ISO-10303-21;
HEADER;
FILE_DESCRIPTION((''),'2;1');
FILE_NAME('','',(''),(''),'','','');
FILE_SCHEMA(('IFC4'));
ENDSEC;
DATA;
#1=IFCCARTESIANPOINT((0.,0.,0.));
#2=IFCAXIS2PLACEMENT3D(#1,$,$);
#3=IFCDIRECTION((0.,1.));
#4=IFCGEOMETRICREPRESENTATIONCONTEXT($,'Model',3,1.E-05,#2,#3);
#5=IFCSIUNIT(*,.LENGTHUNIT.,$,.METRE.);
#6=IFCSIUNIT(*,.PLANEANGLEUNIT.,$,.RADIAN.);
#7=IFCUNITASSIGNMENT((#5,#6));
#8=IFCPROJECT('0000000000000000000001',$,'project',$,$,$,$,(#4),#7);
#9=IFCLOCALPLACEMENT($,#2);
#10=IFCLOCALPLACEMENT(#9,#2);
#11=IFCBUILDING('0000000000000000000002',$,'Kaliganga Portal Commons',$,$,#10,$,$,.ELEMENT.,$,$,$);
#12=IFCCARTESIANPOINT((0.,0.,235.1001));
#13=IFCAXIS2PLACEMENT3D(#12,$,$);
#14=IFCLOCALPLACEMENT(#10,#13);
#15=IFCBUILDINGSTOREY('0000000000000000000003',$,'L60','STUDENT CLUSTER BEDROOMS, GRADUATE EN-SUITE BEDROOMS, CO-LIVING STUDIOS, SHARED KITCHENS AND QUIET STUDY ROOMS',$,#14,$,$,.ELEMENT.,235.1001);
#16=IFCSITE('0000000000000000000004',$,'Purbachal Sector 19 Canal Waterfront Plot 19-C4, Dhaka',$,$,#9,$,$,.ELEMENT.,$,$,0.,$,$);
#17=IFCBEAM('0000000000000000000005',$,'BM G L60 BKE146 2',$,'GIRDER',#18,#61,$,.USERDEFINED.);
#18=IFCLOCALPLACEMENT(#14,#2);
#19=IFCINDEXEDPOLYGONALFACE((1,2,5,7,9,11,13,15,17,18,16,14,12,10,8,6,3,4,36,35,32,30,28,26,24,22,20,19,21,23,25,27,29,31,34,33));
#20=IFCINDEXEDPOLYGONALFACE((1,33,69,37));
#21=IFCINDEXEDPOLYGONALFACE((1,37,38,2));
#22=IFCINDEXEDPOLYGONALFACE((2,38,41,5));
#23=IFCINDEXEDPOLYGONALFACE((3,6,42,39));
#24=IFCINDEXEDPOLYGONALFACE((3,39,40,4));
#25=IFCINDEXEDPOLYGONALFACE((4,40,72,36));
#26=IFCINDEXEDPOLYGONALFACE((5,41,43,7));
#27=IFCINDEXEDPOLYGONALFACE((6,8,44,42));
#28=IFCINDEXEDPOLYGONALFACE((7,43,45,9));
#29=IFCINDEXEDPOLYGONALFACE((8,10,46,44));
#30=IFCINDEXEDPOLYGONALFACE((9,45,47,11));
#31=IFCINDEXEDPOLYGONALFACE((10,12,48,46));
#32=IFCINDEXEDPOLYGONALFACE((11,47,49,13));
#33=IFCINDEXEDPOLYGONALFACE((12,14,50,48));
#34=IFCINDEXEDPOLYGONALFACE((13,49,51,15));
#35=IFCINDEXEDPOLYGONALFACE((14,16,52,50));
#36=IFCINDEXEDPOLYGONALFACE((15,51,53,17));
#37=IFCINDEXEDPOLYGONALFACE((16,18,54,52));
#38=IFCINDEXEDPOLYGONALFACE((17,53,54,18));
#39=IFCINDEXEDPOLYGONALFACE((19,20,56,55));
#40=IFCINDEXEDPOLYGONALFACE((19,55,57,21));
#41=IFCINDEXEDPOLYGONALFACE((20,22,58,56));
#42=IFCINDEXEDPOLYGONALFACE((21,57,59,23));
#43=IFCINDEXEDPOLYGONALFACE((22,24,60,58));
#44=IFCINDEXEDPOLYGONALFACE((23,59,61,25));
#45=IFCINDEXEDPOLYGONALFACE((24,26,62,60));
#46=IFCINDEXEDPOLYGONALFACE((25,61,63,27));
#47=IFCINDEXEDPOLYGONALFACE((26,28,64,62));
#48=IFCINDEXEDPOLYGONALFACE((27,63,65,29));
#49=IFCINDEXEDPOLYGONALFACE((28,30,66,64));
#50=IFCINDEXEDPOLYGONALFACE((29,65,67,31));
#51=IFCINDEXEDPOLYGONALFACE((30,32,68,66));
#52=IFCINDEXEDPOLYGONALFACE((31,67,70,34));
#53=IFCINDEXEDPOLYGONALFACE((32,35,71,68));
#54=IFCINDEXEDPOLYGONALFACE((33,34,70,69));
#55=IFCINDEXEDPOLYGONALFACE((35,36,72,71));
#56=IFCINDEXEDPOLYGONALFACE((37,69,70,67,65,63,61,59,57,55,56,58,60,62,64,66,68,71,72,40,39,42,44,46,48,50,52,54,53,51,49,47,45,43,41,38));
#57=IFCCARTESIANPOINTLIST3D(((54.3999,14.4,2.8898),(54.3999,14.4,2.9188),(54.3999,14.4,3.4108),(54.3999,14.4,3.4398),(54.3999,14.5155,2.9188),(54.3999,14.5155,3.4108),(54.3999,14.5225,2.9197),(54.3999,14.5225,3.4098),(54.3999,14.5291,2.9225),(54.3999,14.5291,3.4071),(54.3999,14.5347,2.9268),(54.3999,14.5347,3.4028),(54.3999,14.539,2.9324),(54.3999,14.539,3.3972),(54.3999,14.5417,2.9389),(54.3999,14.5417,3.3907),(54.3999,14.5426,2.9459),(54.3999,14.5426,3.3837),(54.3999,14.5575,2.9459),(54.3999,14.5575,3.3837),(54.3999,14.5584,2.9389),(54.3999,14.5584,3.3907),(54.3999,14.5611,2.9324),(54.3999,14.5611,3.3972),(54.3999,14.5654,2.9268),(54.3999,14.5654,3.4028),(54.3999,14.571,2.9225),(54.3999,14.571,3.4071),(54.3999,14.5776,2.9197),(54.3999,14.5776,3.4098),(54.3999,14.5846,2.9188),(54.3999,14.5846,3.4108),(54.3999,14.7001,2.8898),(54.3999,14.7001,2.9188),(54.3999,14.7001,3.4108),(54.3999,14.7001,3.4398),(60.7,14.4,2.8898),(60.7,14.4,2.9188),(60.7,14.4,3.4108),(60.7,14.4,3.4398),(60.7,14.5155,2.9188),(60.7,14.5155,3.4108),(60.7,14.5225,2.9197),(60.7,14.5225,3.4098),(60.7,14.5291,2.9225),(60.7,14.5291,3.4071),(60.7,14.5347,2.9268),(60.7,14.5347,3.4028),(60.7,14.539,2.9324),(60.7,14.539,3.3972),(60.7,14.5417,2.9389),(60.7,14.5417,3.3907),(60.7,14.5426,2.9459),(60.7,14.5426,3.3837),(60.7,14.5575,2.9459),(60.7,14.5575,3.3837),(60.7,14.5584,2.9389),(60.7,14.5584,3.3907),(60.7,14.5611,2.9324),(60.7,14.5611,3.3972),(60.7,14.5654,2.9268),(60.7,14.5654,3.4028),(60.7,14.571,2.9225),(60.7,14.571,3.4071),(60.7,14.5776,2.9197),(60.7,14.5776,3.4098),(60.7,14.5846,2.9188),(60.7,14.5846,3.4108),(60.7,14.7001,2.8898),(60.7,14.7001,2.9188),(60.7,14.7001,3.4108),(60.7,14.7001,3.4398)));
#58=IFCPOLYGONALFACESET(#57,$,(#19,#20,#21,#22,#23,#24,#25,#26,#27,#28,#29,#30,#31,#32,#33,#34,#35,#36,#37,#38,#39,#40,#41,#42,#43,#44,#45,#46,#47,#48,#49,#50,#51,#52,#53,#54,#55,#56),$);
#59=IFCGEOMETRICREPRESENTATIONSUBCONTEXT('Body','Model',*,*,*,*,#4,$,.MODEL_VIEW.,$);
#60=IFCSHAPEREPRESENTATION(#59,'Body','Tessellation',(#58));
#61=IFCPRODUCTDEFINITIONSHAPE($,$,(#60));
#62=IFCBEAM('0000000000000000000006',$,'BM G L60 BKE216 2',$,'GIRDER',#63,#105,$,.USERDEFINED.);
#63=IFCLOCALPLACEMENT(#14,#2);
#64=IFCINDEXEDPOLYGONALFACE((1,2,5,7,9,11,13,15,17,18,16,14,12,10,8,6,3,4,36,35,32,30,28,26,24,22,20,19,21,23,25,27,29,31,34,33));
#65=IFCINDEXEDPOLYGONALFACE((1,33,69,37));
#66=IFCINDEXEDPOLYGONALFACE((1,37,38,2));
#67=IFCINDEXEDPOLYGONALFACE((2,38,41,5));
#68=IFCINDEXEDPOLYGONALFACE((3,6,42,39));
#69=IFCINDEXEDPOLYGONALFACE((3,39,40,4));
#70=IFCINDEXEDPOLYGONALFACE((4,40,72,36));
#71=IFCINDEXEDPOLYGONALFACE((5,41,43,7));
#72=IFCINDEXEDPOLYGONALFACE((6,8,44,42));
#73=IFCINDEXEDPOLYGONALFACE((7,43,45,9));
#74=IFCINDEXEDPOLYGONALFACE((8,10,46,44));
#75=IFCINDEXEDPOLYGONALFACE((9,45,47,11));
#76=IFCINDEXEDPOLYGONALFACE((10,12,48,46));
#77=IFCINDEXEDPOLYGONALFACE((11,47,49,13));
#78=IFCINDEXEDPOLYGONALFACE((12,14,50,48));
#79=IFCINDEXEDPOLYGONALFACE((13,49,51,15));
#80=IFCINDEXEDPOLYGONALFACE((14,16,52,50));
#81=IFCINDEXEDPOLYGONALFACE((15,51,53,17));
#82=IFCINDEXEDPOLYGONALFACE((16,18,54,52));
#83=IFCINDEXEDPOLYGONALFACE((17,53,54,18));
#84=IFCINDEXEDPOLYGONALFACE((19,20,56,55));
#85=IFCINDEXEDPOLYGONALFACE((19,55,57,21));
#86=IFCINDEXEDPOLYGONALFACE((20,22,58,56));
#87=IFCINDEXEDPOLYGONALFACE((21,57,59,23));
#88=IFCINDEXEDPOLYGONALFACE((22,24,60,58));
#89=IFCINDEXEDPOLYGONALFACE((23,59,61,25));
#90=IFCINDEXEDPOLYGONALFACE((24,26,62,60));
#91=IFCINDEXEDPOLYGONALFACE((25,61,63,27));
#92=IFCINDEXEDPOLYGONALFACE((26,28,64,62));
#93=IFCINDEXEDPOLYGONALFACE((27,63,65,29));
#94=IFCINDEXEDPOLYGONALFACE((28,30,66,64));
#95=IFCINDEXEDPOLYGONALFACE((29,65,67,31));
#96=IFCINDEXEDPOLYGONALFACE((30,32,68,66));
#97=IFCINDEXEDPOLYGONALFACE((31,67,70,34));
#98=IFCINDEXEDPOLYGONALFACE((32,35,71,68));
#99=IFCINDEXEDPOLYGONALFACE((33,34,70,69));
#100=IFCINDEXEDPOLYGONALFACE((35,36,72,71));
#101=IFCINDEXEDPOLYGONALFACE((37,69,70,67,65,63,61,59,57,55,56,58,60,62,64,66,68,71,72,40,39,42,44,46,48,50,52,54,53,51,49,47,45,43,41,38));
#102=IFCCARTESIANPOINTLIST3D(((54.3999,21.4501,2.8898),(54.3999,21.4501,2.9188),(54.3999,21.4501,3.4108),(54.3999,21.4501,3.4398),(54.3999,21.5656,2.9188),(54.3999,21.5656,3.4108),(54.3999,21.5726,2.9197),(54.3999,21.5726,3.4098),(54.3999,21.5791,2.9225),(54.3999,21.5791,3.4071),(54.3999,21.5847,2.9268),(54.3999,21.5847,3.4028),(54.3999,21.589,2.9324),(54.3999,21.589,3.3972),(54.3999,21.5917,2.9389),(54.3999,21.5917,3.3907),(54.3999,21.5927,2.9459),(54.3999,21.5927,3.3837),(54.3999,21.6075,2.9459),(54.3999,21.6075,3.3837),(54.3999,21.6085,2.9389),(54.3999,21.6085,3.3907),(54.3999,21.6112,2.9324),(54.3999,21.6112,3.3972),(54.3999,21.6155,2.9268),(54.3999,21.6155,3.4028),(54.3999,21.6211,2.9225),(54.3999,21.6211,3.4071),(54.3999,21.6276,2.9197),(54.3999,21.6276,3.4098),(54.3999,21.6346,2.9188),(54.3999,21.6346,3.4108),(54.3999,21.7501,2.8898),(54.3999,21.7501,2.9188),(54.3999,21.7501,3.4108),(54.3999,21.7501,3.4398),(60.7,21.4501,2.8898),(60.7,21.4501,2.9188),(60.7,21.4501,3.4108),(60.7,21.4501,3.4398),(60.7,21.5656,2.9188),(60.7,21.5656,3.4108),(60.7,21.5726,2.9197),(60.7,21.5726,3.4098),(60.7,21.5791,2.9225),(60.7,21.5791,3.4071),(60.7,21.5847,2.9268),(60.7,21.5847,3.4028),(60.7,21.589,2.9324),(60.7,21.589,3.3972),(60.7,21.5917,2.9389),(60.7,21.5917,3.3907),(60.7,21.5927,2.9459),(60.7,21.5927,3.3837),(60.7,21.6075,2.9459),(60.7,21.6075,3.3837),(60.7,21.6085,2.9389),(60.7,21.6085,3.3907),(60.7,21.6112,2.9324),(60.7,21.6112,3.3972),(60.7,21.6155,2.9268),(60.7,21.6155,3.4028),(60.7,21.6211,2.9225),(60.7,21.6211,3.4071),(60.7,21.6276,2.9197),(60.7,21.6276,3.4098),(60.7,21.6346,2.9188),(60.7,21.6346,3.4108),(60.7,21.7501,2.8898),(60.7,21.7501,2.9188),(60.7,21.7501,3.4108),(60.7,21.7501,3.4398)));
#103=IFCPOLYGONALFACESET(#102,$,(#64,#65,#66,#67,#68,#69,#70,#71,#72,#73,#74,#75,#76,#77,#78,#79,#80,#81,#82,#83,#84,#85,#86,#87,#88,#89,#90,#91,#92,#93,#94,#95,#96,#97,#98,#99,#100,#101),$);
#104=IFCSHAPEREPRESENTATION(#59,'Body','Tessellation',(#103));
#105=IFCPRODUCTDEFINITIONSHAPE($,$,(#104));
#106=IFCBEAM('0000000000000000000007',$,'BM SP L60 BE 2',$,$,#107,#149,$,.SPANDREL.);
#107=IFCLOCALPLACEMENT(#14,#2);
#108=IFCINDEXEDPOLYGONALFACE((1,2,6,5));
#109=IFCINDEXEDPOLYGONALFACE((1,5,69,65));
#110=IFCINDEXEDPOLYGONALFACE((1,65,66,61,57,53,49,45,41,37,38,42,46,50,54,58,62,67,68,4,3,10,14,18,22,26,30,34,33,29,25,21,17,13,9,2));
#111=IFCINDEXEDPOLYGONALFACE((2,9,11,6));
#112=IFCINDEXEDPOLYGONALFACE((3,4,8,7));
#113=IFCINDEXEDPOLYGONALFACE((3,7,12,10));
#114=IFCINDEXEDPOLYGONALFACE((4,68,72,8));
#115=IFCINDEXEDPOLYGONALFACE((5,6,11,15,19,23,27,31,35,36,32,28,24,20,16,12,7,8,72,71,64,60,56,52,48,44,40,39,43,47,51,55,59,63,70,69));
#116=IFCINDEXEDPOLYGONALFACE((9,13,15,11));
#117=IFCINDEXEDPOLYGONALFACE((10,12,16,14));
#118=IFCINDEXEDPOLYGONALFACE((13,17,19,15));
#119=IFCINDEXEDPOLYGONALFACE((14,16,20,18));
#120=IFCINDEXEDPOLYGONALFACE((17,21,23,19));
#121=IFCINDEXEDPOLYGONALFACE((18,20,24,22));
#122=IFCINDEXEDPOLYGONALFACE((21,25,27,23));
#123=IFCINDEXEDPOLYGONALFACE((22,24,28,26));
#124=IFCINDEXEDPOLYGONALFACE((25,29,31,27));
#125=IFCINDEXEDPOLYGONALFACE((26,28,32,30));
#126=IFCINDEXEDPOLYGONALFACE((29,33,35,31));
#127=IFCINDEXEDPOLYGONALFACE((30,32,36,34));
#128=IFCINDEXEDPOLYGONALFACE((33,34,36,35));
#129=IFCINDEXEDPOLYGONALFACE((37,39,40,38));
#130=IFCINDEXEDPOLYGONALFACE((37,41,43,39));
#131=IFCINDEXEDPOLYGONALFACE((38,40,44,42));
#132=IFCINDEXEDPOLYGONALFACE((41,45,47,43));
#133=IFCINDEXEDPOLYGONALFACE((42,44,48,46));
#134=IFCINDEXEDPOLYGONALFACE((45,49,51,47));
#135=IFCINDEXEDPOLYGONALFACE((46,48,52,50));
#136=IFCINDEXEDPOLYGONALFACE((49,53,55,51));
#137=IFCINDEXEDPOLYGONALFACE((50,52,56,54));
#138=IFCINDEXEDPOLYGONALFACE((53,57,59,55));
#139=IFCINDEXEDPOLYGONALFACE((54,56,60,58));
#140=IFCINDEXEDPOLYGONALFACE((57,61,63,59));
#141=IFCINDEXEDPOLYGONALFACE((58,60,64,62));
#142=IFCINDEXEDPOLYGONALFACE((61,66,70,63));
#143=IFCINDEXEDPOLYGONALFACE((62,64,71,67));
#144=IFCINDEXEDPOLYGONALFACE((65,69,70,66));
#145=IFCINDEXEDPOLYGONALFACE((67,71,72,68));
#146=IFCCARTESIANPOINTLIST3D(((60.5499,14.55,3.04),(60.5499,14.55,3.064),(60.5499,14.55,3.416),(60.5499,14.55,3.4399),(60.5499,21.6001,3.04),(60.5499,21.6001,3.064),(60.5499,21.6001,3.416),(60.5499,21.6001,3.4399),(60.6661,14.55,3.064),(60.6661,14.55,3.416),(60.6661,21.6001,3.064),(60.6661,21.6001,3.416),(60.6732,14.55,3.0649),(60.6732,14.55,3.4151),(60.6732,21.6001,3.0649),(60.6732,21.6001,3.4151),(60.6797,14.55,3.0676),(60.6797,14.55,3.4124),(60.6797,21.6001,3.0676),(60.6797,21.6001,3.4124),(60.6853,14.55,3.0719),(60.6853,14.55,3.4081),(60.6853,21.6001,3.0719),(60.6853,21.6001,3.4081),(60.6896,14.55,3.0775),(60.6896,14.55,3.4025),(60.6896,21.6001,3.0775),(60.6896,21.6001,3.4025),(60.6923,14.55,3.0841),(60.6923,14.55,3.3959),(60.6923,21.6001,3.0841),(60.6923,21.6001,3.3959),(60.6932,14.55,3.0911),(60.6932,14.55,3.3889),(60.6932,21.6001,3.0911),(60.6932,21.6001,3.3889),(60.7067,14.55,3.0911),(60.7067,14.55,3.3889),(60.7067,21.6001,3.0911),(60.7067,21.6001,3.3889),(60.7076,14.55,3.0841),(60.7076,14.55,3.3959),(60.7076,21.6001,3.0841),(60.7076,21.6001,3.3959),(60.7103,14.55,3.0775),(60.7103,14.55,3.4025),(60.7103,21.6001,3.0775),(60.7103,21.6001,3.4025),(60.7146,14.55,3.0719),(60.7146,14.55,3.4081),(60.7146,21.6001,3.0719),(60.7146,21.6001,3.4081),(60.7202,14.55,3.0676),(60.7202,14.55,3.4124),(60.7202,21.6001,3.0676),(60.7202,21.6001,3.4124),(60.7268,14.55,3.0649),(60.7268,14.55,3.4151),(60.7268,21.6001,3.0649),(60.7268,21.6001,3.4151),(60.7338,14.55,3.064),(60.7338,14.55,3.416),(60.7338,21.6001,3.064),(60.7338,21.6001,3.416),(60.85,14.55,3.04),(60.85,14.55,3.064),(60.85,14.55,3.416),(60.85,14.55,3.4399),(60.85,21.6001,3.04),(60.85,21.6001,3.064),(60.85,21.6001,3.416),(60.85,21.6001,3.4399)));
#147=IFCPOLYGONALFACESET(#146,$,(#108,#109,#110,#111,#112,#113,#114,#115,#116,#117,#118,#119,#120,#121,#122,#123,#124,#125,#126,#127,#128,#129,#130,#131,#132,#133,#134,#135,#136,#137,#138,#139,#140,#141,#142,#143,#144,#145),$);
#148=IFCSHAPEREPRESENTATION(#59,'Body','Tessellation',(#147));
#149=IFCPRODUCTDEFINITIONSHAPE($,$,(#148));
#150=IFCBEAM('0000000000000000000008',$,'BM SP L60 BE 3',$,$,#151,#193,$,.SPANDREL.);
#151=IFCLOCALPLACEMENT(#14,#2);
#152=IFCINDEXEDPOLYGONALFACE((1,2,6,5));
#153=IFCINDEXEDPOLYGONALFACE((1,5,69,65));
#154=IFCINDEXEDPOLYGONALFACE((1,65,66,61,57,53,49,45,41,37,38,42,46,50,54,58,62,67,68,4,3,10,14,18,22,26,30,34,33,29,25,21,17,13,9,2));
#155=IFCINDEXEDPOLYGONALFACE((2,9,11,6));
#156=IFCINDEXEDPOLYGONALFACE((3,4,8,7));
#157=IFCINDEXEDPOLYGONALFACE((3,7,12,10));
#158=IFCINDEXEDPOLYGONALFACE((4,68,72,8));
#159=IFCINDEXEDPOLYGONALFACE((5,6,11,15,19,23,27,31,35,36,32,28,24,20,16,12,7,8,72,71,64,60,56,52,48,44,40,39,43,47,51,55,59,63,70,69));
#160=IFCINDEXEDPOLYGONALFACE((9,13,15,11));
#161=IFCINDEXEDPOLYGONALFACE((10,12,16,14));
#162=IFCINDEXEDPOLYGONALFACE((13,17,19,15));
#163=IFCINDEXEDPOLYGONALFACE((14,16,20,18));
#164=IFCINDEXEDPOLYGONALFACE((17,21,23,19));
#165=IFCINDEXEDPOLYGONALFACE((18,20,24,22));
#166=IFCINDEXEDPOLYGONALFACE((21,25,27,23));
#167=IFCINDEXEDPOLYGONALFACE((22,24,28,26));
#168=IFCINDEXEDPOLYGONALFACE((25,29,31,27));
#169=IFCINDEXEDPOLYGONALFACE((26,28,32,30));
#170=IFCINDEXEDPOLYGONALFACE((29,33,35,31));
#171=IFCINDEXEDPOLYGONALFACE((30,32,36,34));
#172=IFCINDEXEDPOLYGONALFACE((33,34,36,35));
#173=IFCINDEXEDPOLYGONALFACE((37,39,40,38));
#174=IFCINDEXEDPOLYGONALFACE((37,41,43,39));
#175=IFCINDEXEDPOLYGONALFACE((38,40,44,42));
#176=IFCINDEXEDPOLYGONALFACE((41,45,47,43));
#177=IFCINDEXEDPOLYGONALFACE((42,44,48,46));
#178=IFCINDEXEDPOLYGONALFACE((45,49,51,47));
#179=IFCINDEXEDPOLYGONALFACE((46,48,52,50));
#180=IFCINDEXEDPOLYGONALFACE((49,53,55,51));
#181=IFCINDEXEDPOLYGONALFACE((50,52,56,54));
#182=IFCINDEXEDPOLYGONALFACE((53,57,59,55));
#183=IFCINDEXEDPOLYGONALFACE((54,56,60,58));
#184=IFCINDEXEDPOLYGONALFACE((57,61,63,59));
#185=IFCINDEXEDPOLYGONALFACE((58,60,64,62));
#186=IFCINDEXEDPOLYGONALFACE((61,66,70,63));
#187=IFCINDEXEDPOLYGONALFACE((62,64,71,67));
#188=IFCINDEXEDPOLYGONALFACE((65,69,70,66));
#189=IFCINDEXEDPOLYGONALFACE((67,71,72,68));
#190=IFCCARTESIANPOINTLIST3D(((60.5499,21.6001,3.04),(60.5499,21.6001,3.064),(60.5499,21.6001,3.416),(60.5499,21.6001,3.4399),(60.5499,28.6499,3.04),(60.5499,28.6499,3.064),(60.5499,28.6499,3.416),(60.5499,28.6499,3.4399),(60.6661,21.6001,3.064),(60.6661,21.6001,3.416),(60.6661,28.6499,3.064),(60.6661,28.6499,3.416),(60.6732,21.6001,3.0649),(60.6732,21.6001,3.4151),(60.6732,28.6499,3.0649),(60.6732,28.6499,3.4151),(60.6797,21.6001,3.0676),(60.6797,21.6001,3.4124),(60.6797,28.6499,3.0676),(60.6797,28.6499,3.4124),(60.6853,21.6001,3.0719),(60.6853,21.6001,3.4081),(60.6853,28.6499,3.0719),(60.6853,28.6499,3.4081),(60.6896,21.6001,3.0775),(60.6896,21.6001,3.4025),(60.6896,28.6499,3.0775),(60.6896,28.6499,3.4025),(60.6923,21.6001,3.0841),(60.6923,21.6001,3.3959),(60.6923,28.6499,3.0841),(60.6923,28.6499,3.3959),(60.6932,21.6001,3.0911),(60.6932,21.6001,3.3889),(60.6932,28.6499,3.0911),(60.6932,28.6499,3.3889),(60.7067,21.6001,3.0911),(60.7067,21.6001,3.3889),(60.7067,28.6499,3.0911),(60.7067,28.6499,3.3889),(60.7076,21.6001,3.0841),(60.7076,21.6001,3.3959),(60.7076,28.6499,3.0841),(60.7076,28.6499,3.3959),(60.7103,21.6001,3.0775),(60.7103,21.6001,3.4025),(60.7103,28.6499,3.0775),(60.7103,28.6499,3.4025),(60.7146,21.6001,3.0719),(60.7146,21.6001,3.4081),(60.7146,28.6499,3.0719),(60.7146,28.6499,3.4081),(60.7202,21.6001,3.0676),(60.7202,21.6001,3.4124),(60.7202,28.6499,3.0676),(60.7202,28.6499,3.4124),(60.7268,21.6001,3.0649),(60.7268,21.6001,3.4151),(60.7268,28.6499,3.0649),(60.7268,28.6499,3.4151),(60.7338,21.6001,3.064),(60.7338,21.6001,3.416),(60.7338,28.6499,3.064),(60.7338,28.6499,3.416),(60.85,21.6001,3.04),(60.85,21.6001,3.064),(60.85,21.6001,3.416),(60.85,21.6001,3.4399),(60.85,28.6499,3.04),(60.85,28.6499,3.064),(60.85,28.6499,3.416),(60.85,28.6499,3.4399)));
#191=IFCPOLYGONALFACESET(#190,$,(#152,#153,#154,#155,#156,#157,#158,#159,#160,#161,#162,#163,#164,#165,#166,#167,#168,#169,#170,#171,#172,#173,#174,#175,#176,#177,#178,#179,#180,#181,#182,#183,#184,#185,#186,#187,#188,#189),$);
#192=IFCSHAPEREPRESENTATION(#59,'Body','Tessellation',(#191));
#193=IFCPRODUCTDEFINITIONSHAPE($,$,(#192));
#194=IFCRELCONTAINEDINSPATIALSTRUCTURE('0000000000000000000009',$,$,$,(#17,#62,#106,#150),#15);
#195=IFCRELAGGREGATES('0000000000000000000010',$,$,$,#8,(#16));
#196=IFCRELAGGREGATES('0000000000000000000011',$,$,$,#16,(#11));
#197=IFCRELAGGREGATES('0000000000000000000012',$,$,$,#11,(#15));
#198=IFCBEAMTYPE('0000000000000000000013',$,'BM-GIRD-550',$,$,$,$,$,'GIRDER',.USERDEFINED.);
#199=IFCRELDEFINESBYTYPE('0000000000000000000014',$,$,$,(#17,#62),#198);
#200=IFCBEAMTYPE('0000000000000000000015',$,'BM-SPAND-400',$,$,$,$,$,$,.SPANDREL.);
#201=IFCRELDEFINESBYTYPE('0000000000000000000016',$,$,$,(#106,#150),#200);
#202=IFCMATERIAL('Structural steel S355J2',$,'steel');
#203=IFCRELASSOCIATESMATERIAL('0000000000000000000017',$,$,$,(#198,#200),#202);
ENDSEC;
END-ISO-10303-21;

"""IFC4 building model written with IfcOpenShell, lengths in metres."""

from ifc_helpers import new_model, si_unit, direction, frame, origin, origin_2d, place, context, subcontext, project, spatial, i_section, extrude, source, transform, mapped, material, material_profile, profile_set, type_object, element, save


model = new_model("IFC4")

# Units and contexts
model_context = context("Model", 3, precision=1e-05, world=origin(), true_north=direction((0.0, 1.0)))
body_context = subcontext(model_context, "Body", "Model", "MODEL_VIEW")
ifc_project = project(units=[si_unit("LENGTHUNIT", "METRE"), si_unit("PLANEANGLEUNIT", "RADIAN")], contexts=[model_context])

# Site, building, storey
site_placement = place(None, origin())
site = spatial("IfcSite", under=ifc_project, at=site_placement, Name="Purbachal Sector 19 Canal Waterfront Plot 19-C4, Dhaka", CompositionType="ELEMENT", RefElevation=0.0)
building_placement = place(site_placement, origin())
building = spatial("IfcBuilding", under=site, at=building_placement, Name="Kaliganga Portal Commons", CompositionType="ELEMENT")
storey_placement = place(building_placement, frame((0.0, 0.0, 235.1001)))
storey = spatial("IfcBuildingStorey", under=building, at=storey_placement, Name="L60", Description="STUDENT CLUSTER BEDROOMS, GRADUATE EN-SUITE BEDROOMS, CO-LIVING STUDIOS, SHARED KITCHENS AND QUIET STUDY ROOMS", CompositionType="ELEMENT", Elevation=235.1001)

# Shared definitions
ifc_material_1 = material(Name="Structural steel S355J2", Category="steel")

# Beams
ifc_material_profile_1 = material_profile(ifc_material_1, i_section(OverallWidth=0.3, OverallDepth=0.55, WebThickness=0.0149, FlangeThickness=0.0291, FilletRadius=0.0271, at=origin_2d()), Name="HE 550 B")
ifc_profile_set_1 = profile_set([ifc_material_profile_1], Name="Structural steel S355J2 wide-flange")
beam_type_1 = type_object("IfcBeamType", Name="BM-GIRD-550", ElementType="GIRDER", PredefinedType="USERDEFINED", material=ifc_profile_set_1)
shared_shape_1 = source(origin(), body_context, "Body", "SweptSolid", [
    extrude(i_section(OverallWidth=0.3, OverallDepth=0.55, WebThickness=0.0149, FlangeThickness=0.0291, FilletRadius=0.0271, at=origin_2d()), origin(), (0.0, 0.0, 1.0), 6.3),
])
for number, where, z_axis, x_axis, name in (
    (1, (54.3999, 14.55, 3.1648), (1.0, 0.0, 0.0), (0.0, 1.0, 0.0), "BM G L60 BKE146 2"),
    (2, (54.3999, 21.6001, 3.1648), (1.0, 0.0, 0.0), (0.0, 1.0, 0.0), "BM G L60 BKE216 2"),
):
    element("IfcBeam", number, at=place(storey_placement, frame(where, z_axis=z_axis, x_axis=x_axis)), inside=storey, type_object=beam_type_1, Name=name, ObjectType="GIRDER", PredefinedType="USERDEFINED", context=body_context, shape_type="MappedRepresentation", body=[
        mapped(shared_shape_1, transform((0.0, 0.0, 0.0), x_axis=(1.0, 0.0, 0.0), y_axis=(0.0, 1.0, 0.0), z_axis=(0.0, 0.0, 1.0), scale=1.0)),
    ])
ifc_material_profile_2 = material_profile(ifc_material_1, i_section(OverallWidth=0.3, OverallDepth=0.3999, WebThickness=0.0134, FlangeThickness=0.0239, FilletRadius=0.0271, at=origin_2d()), Name="HE 400 B")
ifc_profile_set_2 = profile_set([ifc_material_profile_2], Name="Structural steel S355J2 wide-flange")
beam_type_2 = type_object("IfcBeamType", Name="BM-SPAND-400", PredefinedType="SPANDREL", material=ifc_profile_set_2)
shared_shape_2 = source(origin(), body_context, "Body", "SweptSolid", [
    extrude(i_section(OverallWidth=0.3, OverallDepth=0.3999, WebThickness=0.0134, FlangeThickness=0.0239, FilletRadius=0.0271, at=origin_2d()), origin(), (0.0, 0.0, 1.0), 7.05),
])
beam_1_placement = place(storey_placement, frame((60.7, 14.55, 3.24), z_axis=(0.0, 1.0, 0.0), x_axis=(-1.0, 0.0, 0.0)))
element("IfcBeam", 3, at=beam_1_placement, inside=storey, type_object=beam_type_2, Name="BM SP L60 BE 2", PredefinedType="SPANDREL", context=body_context, shape_type="MappedRepresentation", body=[
    mapped(shared_shape_2, transform((0.0, 0.0, 0.0), x_axis=(1.0, 0.0, 0.0), y_axis=(0.0, 1.0, 0.0), z_axis=(0.0, 0.0, 1.0), scale=1.0)),
])
shared_shape_3 = source(origin(), body_context, "Body", "SweptSolid", [
    extrude(i_section(OverallWidth=0.3, OverallDepth=0.3999, WebThickness=0.0134, FlangeThickness=0.0239, FilletRadius=0.0271, at=origin_2d()), origin(), (0.0, 0.0, 1.0), 7.0498),
])
beam_2_placement = place(storey_placement, frame((60.7, 21.6001, 3.24), z_axis=(0.0, 1.0, 0.0), x_axis=(-1.0, 0.0, 0.0)))
element("IfcBeam", 4, at=beam_2_placement, inside=storey, type_object=beam_type_2, Name="BM SP L60 BE 3", PredefinedType="SPANDREL", context=body_context, shape_type="MappedRepresentation", body=[
    mapped(shared_shape_3, transform((0.0, 0.0, 0.0), x_axis=(1.0, 0.0, 0.0), y_axis=(0.0, 1.0, 0.0), z_axis=(0.0, 0.0, 1.0), scale=1.0)),
])

save(model, "model.ifc")
